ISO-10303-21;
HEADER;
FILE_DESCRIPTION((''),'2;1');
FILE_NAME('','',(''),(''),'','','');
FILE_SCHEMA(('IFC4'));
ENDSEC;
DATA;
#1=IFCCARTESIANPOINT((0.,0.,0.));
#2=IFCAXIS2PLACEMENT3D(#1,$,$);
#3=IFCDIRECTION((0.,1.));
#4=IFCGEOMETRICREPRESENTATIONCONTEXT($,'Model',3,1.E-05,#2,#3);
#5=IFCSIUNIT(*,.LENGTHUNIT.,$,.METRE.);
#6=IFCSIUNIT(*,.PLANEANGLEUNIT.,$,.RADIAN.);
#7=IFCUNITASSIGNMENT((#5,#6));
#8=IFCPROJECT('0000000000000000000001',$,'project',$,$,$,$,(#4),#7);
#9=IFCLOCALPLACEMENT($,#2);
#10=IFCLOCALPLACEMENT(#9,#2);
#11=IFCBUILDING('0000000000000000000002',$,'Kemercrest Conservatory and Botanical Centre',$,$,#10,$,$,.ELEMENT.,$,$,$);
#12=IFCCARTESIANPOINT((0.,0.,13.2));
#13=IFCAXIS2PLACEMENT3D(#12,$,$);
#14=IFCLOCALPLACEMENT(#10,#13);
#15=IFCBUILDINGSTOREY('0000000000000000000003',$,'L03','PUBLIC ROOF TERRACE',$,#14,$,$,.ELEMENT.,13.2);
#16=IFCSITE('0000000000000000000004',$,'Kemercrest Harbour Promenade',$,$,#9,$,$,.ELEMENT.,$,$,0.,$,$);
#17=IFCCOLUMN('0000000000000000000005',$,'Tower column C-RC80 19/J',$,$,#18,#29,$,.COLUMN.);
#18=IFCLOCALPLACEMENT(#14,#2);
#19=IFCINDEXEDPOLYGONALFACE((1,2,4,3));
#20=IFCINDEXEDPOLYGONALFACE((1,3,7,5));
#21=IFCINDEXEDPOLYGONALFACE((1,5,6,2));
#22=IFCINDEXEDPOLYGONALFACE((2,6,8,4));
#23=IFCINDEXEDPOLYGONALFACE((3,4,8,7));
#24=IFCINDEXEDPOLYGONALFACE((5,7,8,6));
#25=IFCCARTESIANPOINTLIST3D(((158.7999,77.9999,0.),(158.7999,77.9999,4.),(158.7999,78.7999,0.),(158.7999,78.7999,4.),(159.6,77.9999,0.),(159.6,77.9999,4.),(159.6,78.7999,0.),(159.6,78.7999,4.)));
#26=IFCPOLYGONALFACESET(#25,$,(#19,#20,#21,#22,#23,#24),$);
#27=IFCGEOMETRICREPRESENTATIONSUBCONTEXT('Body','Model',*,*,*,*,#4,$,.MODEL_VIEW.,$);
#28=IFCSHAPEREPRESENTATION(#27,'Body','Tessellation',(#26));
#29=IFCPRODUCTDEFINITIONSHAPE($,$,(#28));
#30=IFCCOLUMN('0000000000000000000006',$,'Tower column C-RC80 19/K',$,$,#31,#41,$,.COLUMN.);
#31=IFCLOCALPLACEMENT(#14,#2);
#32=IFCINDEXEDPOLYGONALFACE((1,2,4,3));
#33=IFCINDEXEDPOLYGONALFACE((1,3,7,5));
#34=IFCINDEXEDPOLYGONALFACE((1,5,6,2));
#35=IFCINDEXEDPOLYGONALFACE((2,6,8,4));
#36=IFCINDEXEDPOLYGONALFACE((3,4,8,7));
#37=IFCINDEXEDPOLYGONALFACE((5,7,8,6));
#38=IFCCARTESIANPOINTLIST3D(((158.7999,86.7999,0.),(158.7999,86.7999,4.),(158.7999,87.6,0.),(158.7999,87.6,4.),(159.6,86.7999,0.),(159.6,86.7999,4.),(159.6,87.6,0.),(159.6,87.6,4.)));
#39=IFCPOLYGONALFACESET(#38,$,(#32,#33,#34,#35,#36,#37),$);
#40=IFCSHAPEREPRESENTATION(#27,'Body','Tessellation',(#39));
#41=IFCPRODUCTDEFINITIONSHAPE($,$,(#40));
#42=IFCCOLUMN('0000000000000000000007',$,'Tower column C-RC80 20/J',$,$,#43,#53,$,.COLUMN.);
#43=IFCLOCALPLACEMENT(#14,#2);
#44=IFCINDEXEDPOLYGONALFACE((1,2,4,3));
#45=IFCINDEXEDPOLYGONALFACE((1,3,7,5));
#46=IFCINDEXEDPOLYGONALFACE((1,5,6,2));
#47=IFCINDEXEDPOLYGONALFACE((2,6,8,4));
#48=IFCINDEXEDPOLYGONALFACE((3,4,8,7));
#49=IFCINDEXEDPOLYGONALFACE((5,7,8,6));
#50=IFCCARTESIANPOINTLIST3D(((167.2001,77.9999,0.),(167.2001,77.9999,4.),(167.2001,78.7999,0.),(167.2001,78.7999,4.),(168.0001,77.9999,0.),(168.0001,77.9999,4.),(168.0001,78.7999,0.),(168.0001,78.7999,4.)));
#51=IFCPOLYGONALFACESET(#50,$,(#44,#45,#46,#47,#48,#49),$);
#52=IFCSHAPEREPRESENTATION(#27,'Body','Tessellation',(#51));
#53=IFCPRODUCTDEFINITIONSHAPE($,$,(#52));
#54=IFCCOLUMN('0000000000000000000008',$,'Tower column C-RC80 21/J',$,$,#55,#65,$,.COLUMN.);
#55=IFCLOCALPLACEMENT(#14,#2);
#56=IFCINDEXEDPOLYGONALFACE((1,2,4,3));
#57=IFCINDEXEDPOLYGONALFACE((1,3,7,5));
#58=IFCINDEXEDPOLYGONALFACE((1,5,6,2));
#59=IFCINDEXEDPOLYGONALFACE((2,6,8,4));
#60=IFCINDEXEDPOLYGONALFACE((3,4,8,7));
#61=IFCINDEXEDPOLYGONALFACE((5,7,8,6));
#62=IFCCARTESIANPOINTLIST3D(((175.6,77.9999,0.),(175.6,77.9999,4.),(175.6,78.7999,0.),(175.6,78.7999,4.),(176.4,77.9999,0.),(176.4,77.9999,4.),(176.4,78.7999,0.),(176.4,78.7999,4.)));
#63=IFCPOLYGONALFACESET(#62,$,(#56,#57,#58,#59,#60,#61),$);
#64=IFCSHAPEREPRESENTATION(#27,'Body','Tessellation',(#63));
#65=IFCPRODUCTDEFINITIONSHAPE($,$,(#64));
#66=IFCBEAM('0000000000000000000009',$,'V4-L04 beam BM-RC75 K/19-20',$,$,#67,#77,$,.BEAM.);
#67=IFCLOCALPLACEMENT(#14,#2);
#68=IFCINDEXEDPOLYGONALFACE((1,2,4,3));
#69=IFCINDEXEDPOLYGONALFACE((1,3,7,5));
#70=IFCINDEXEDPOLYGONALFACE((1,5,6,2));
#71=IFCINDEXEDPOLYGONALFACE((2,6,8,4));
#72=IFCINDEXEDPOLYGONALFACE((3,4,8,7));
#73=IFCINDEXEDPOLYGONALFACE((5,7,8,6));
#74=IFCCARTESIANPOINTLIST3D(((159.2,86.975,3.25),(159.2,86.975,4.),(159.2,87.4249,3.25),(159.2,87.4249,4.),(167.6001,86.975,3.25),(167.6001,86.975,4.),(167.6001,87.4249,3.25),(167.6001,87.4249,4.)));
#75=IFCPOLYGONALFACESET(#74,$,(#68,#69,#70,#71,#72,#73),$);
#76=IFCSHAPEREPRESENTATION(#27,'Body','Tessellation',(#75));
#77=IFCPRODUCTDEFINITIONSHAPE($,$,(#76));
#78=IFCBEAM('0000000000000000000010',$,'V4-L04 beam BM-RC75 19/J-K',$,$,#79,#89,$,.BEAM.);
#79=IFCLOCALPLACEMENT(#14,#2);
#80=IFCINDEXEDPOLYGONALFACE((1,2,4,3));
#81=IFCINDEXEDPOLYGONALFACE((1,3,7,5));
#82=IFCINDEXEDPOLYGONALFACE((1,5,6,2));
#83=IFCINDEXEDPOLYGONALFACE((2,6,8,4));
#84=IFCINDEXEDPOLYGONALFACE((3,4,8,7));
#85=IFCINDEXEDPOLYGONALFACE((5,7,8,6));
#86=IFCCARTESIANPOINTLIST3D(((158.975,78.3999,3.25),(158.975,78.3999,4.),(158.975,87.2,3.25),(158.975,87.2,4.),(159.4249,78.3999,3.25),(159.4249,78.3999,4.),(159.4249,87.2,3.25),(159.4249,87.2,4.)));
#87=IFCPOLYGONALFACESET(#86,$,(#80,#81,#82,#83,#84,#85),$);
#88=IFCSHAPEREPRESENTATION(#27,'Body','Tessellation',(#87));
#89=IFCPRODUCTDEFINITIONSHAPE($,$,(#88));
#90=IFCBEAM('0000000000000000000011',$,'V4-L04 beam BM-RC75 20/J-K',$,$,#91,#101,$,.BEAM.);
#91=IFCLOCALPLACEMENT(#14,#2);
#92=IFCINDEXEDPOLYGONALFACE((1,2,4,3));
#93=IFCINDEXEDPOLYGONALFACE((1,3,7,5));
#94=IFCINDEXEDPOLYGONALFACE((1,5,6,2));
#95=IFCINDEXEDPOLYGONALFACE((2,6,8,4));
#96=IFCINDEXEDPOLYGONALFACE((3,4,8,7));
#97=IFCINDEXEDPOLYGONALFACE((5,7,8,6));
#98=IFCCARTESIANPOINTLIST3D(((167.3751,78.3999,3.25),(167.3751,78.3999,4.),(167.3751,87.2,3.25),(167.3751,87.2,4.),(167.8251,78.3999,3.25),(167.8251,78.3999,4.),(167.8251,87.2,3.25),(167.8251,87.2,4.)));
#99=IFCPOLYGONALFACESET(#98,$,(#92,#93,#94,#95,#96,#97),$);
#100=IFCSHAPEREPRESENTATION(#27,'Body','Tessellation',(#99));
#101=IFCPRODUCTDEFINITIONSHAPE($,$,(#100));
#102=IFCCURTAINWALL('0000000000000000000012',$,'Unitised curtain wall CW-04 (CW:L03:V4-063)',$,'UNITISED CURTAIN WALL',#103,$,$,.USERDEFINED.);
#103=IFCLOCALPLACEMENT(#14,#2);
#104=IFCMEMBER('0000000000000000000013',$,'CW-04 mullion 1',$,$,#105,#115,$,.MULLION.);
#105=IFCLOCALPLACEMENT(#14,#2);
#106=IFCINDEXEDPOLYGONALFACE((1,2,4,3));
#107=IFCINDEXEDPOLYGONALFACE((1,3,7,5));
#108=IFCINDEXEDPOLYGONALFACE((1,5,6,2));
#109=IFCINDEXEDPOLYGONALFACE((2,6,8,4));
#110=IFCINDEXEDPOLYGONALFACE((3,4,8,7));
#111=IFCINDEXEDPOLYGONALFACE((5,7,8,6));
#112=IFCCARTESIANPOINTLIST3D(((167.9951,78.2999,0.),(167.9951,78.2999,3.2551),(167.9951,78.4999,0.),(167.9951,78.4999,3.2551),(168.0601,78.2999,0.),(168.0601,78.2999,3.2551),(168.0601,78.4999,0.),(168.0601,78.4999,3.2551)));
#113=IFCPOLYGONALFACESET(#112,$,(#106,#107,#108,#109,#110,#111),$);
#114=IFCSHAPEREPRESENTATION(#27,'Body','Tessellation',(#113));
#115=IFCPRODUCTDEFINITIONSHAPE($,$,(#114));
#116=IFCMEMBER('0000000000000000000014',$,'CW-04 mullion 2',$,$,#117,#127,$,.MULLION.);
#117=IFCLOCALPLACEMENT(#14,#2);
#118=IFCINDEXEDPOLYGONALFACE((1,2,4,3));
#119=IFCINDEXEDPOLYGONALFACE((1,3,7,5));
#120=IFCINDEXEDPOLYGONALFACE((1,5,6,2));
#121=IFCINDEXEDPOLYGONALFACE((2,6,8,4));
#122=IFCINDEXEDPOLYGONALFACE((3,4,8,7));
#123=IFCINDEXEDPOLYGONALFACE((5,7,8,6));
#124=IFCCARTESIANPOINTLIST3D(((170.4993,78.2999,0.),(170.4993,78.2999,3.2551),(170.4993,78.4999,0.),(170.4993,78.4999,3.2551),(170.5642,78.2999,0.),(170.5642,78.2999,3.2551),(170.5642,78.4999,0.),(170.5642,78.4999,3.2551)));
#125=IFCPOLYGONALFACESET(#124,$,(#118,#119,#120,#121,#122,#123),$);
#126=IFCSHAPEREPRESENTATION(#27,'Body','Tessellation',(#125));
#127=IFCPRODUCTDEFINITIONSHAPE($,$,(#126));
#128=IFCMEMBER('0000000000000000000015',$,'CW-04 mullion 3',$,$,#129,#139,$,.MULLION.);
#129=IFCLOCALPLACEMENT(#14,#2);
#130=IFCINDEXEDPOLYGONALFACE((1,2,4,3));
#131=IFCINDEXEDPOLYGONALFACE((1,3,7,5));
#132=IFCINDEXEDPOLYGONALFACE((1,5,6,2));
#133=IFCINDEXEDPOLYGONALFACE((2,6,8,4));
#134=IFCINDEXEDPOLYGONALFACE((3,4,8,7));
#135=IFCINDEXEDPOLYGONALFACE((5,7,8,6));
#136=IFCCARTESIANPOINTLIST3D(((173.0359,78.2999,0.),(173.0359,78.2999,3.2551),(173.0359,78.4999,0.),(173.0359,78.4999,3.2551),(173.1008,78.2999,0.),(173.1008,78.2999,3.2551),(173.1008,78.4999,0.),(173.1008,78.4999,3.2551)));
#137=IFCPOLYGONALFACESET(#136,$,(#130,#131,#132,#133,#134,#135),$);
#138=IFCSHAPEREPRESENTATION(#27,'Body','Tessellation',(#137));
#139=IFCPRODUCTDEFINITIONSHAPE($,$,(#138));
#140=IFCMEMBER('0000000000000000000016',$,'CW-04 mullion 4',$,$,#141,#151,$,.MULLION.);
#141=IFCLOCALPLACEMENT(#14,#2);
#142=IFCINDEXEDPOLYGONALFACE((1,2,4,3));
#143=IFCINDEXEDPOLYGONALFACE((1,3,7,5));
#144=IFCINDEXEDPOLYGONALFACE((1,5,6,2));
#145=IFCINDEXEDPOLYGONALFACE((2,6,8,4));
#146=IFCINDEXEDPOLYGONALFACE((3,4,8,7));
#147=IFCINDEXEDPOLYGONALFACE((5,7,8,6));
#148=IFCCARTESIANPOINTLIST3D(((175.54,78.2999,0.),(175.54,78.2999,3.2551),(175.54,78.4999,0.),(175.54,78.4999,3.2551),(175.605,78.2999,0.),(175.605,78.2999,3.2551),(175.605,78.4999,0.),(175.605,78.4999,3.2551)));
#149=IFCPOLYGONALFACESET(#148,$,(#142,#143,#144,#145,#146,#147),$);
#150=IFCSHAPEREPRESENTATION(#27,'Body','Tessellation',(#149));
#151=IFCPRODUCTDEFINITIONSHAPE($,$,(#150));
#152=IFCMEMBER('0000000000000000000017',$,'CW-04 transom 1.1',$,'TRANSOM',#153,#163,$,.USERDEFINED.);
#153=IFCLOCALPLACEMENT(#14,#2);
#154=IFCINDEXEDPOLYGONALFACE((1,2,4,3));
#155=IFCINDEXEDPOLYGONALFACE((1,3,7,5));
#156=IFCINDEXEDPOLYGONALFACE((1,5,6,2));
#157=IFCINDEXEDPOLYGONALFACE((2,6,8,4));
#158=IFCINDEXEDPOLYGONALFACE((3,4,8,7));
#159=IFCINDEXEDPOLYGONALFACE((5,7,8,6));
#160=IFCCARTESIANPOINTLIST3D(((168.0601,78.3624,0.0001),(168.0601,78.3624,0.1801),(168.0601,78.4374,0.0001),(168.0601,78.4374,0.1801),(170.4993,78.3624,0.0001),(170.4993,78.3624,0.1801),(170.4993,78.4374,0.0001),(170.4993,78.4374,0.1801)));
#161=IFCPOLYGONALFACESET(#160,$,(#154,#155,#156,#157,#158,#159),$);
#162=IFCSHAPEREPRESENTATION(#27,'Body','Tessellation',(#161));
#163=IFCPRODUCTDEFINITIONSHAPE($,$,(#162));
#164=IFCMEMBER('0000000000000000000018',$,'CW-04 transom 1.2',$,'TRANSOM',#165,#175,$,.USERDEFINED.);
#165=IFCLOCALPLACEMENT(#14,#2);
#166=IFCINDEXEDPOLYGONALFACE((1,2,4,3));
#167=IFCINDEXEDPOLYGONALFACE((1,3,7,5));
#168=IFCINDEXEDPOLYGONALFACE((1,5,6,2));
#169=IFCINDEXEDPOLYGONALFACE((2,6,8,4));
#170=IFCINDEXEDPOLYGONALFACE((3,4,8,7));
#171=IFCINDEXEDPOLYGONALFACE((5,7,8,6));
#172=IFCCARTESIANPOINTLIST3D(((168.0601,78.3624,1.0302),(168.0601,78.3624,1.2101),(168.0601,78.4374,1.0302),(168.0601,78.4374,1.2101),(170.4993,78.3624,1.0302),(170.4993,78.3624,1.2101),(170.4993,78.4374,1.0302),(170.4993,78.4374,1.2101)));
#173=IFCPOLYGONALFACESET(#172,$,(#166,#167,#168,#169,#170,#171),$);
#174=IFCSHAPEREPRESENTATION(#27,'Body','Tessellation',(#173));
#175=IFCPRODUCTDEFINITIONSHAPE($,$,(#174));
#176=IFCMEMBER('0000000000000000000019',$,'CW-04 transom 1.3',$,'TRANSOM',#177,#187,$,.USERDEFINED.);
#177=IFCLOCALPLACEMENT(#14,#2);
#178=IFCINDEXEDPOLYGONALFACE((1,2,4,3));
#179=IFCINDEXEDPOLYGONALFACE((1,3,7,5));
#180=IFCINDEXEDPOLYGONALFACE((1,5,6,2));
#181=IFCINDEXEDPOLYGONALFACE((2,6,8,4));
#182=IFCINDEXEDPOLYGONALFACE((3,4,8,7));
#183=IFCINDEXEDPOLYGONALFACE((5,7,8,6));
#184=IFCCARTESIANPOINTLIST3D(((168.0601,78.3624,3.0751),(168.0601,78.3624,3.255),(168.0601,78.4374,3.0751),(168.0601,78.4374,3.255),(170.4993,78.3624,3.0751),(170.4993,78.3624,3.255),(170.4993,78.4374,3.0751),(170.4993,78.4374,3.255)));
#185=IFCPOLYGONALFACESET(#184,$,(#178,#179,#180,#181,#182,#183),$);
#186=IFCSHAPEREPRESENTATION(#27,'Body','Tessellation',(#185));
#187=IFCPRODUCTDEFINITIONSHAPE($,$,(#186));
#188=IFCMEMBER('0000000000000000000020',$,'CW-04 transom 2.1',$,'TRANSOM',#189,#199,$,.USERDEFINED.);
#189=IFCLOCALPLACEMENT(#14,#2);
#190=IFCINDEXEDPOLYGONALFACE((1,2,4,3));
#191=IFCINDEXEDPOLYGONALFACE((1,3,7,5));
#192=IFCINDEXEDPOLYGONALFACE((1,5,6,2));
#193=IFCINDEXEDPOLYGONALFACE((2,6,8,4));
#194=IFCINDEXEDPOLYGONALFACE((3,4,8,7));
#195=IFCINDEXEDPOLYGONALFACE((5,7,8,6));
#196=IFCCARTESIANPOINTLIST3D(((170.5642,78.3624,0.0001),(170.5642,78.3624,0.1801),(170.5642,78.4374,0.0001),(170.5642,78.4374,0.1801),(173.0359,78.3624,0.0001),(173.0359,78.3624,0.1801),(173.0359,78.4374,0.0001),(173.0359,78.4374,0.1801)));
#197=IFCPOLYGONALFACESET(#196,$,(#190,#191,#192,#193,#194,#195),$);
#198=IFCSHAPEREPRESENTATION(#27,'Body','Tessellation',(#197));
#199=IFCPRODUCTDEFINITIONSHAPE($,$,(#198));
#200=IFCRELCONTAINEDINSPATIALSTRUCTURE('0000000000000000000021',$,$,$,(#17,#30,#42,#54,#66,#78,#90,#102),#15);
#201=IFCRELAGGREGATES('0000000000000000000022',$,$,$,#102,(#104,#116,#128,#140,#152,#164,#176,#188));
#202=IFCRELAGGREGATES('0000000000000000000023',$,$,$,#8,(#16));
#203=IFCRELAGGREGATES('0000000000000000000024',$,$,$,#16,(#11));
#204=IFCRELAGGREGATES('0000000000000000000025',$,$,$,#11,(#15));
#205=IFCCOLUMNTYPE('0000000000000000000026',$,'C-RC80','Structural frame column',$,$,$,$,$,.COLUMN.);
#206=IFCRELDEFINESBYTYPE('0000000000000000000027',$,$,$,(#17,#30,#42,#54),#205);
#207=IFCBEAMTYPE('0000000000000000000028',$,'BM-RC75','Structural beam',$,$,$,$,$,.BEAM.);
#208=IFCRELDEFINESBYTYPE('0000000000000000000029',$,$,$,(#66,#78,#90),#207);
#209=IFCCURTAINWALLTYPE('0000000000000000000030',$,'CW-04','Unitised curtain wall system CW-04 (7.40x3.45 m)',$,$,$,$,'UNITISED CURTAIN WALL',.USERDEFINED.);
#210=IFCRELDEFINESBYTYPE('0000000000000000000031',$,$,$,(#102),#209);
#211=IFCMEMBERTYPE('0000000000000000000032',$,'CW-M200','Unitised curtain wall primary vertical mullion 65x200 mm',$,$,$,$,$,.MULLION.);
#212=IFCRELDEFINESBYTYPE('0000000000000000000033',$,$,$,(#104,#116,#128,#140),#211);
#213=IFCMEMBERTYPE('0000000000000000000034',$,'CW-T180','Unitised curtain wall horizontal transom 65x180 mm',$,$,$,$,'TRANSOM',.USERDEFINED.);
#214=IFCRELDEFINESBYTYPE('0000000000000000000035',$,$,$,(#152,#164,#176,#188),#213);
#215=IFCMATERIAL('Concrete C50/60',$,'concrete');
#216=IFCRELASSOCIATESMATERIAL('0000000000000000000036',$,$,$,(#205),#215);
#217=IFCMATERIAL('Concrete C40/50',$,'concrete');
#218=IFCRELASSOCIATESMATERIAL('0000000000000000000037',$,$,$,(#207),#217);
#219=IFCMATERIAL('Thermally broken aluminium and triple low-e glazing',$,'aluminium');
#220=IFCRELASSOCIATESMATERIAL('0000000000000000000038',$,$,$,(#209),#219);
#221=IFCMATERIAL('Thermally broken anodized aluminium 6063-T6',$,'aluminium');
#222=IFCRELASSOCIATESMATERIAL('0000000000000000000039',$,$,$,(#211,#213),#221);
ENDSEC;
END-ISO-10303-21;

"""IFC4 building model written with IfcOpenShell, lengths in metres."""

from ifc_helpers import new_model, si_unit, direction, frame, origin, origin_2d, place, context, subcontext, project, spatial, rectangle, extrude, material, material_profile, profile_set, type_object, element, aggregate, save


model = new_model("IFC4")

# Units and contexts
model_context = context("Model", 3, precision=1e-05, world=origin(), true_north=direction((0.0, 1.0)))
body_context = subcontext(model_context, "Body", "Model", "MODEL_VIEW")
ifc_project = project(units=[si_unit("LENGTHUNIT", "METRE"), si_unit("PLANEANGLEUNIT", "RADIAN")], contexts=[model_context])

# Site, building, storey
site_placement = place(None, origin())
site = spatial("IfcSite", under=ifc_project, at=site_placement, Name="Kemercrest Harbour Promenade", CompositionType="ELEMENT", RefElevation=0.0)
building_placement = place(site_placement, origin())
building = spatial("IfcBuilding", under=site, at=building_placement, Name="Kemercrest Conservatory and Botanical Centre", CompositionType="ELEMENT")
storey_placement = place(building_placement, frame((0.0, 0.0, 13.2)))
storey = spatial("IfcBuildingStorey", under=building, at=storey_placement, Name="L03", Description="PUBLIC ROOF TERRACE", CompositionType="ELEMENT", Elevation=13.2)

# Columns
ifc_material_1 = material(Name="Concrete C50/60", Category="concrete")
ifc_material_profile_1 = material_profile(ifc_material_1, rectangle(XDim=0.8, YDim=0.8, at=origin_2d()), Name="RC 800x800")
ifc_profile_set_1 = profile_set([ifc_material_profile_1], Name="Concrete C50/60")
column_type = type_object("IfcColumnType", Name="C-RC80", Description="Structural frame column", PredefinedType="COLUMN", material=ifc_profile_set_1)
for number, where, z_axis, x_axis, name in (
    (1, (159.2, 78.3999, 0.0), (0.0, 0.0, 1.0), (1.0, 0.0, 0.0), "Tower column C-RC80 19/J"),
    (2, (159.2, 87.2, 0.0), (0.0, 0.0, 1.0), (1.0, 0.0, 0.0), "Tower column C-RC80 19/K"),
    (3, (167.6001, 78.3999, 0.0), (0.0, 0.0, 1.0), (1.0, 0.0, 0.0), "Tower column C-RC80 20/J"),
    (4, (176.0, 78.3999, 0.0), (0.0, 0.0, 1.0), (1.0, 0.0, 0.0), "Tower column C-RC80 21/J"),
):
    element("IfcColumn", number, at=place(storey_placement, frame(where, z_axis=z_axis, x_axis=x_axis)), inside=storey, type_object=column_type, Name=name, PredefinedType="COLUMN", context=body_context, shape_type="SweptSolid", body=[
        extrude(rectangle(XDim=0.8, YDim=0.8, at=origin_2d()), origin(), (0.0, 0.0, 1.0), 4.0),
    ])

# Beams
ifc_material_2 = material(Name="Concrete C40/50", Category="concrete")
ifc_material_profile_2 = material_profile(ifc_material_2, rectangle(XDim=0.45, YDim=0.75, at=origin_2d()), Name="RC 450x750")
ifc_profile_set_2 = profile_set([ifc_material_profile_2], Name="Concrete C40/50")
beam_type_1 = type_object("IfcBeamType", Name="BM-RC75", Description="Structural beam", PredefinedType="BEAM", material=ifc_profile_set_2)
beam_1_placement = place(storey_placement, frame((159.2, 87.2, 3.625), z_axis=(1.0, 0.0, 0.0), x_axis=(0.0, 1.0, 0.0)))
element("IfcBeam", 5, at=beam_1_placement, inside=storey, type_object=beam_type_1, Name="V4-L04 beam BM-RC75 K/19-20", PredefinedType="BEAM", context=body_context, shape_type="SweptSolid", body=[
    extrude(rectangle(XDim=0.45, YDim=0.75, at=origin_2d()), origin(), (0.0, 0.0, 1.0), 8.4001),
])
for number, where, z_axis, x_axis, name in (
    (6, (159.2, 78.3999, 3.625), (0.0, 1.0, 0.0), (-1.0, 0.0, 0.0), "V4-L04 beam BM-RC75 19/J-K"),
    (7, (167.6001, 78.3999, 3.625), (0.0, 1.0, 0.0), (-1.0, 0.0, 0.0), "V4-L04 beam BM-RC75 20/J-K"),
):
    element("IfcBeam", number, at=place(storey_placement, frame(where, z_axis=z_axis, x_axis=x_axis)), inside=storey, type_object=beam_type_1, Name=name, PredefinedType="BEAM", context=body_context, shape_type="SweptSolid", body=[
        extrude(rectangle(XDim=0.45, YDim=0.75, at=origin_2d()), origin(), (0.0, 0.0, 1.0), 8.8),
    ])

# Curtain wall, members
ifc_material_3 = material(Name="Thermally broken aluminium and triple low-e glazing", Category="aluminium")
curtain_wall_type = type_object("IfcCurtainWallType", Name="CW-04", Description="Unitised curtain wall system CW-04 (7.40x3.45 m)", ElementType="UNITISED CURTAIN WALL", PredefinedType="USERDEFINED", material=ifc_material_3)
curtain_wall_placement = place(storey_placement, origin())
curtain_wall = element("IfcCurtainWall", 8, at=curtain_wall_placement, inside=storey, type_object=curtain_wall_type, Name="Unitised curtain wall CW-04 (CW:L03:V4-063)", ObjectType="UNITISED CURTAIN WALL", PredefinedType="USERDEFINED")
ifc_material_4 = material(Name="Thermally broken anodized aluminium 6063-T6", Category="aluminium")
ifc_material_profile_3 = material_profile(ifc_material_4, rectangle(XDim=0.2, YDim=0.0649, at=origin_2d()), Name="AL MULLION 65x200")
ifc_profile_set_3 = profile_set([ifc_material_profile_3], Name="Thermally broken anodized aluminium 6063-T6")
member_type_1 = type_object("IfcMemberType", Name="CW-M200", Description="Unitised curtain wall primary vertical mullion 65x200 mm", PredefinedType="MULLION", material=ifc_profile_set_3)
member_1_placement = place(storey_placement, frame((168.0276, 78.3999, 0.0), z_axis=(0.0, 0.0, 1.0), x_axis=(0.0, 1.0, 0.0)))
member_1 = element("IfcMember", 9, at=member_1_placement, type_object=member_type_1, Name="CW-04 mullion 1", PredefinedType="MULLION", context=body_context, shape_type="SweptSolid", body=[
    extrude(rectangle(XDim=0.2, YDim=0.0649, at=origin_2d()), origin(), (0.0, 0.0, 1.0), 3.2551),
])
member_2_placement = place(storey_placement, frame((170.5317, 78.3999, 0.0), z_axis=(0.0, 0.0, 1.0), x_axis=(0.0, 1.0, 0.0)))
member_2 = element("IfcMember", 10, at=member_2_placement, type_object=member_type_1, Name="CW-04 mullion 2", PredefinedType="MULLION", context=body_context, shape_type="SweptSolid", body=[
    extrude(rectangle(XDim=0.2, YDim=0.0649, at=origin_2d()), origin(), (0.0, 0.0, 1.0), 3.2551),
])
member_3_placement = place(storey_placement, frame((173.0684, 78.3999, 0.0), z_axis=(0.0, 0.0, 1.0), x_axis=(0.0, 1.0, 0.0)))
member_3 = element("IfcMember", 11, at=member_3_placement, type_object=member_type_1, Name="CW-04 mullion 3", PredefinedType="MULLION", context=body_context, shape_type="SweptSolid", body=[
    extrude(rectangle(XDim=0.2, YDim=0.0649, at=origin_2d()), origin(), (0.0, 0.0, 1.0), 3.2551),
])
member_4_placement = place(storey_placement, frame((175.5725, 78.3999, 0.0), z_axis=(0.0, 0.0, 1.0), x_axis=(0.0, 1.0, 0.0)))
member_4 = element("IfcMember", 12, at=member_4_placement, type_object=member_type_1, Name="CW-04 mullion 4", PredefinedType="MULLION", context=body_context, shape_type="SweptSolid", body=[
    extrude(rectangle(XDim=0.2, YDim=0.0649, at=origin_2d()), origin(), (0.0, 0.0, 1.0), 3.2551),
])
ifc_material_profile_4 = material_profile(ifc_material_4, rectangle(XDim=0.075, YDim=0.1799, at=origin_2d()), Name="AL TRANSOM 75x180")
ifc_profile_set_4 = profile_set([ifc_material_profile_4], Name="Thermally broken anodized aluminium 6063-T6")
member_type_2 = type_object("IfcMemberType", Name="CW-T180", Description="Unitised curtain wall horizontal transom 65x180 mm", ElementType="TRANSOM", PredefinedType="USERDEFINED", material=ifc_profile_set_4)
member_5_placement = place(storey_placement, frame((168.0601, 78.3999, 0.0901), z_axis=(1.0, 0.0, 0.0), x_axis=(0.0, 1.0, 0.0)))
member_5 = element("IfcMember", 13, at=member_5_placement, type_object=member_type_2, Name="CW-04 transom 1.1", ObjectType="TRANSOM", PredefinedType="USERDEFINED", context=body_context, shape_type="SweptSolid", body=[
    extrude(rectangle(XDim=0.075, YDim=0.1799, at=origin_2d()), origin(), (0.0, 0.0, 1.0), 2.4392),
])
member_6_placement = place(storey_placement, frame((168.0601, 78.3999, 1.1201), z_axis=(1.0, 0.0, 0.0), x_axis=(0.0, 1.0, 0.0)))
member_6 = element("IfcMember", 14, at=member_6_placement, type_object=member_type_2, Name="CW-04 transom 1.2", ObjectType="TRANSOM", PredefinedType="USERDEFINED", context=body_context, shape_type="SweptSolid", body=[
    extrude(rectangle(XDim=0.075, YDim=0.1799, at=origin_2d()), origin(), (0.0, 0.0, 1.0), 2.4392),
])
member_7_placement = place(storey_placement, frame((168.0601, 78.3999, 3.165), z_axis=(1.0, 0.0, 0.0), x_axis=(0.0, 1.0, 0.0)))
member_7 = element("IfcMember", 15, at=member_7_placement, type_object=member_type_2, Name="CW-04 transom 1.3", ObjectType="TRANSOM", PredefinedType="USERDEFINED", context=body_context, shape_type="SweptSolid", body=[
    extrude(rectangle(XDim=0.075, YDim=0.1799, at=origin_2d()), origin(), (0.0, 0.0, 1.0), 2.4392),
])
member_8_placement = place(storey_placement, frame((170.5642, 78.3999, 0.0901), z_axis=(1.0, 0.0, 0.0), x_axis=(0.0, 1.0, 0.0)))
member_8 = element("IfcMember", 16, at=member_8_placement, type_object=member_type_2, Name="CW-04 transom 2.1", ObjectType="TRANSOM", PredefinedType="USERDEFINED", context=body_context, shape_type="SweptSolid", body=[
    extrude(rectangle(XDim=0.075, YDim=0.1799, at=origin_2d()), origin(), (0.0, 0.0, 1.0), 2.4717),
])

aggregate(curtain_wall, [member_1, member_2, member_3, member_4, member_5, member_6, member_7, member_8])

save(model, "model.ifc")
